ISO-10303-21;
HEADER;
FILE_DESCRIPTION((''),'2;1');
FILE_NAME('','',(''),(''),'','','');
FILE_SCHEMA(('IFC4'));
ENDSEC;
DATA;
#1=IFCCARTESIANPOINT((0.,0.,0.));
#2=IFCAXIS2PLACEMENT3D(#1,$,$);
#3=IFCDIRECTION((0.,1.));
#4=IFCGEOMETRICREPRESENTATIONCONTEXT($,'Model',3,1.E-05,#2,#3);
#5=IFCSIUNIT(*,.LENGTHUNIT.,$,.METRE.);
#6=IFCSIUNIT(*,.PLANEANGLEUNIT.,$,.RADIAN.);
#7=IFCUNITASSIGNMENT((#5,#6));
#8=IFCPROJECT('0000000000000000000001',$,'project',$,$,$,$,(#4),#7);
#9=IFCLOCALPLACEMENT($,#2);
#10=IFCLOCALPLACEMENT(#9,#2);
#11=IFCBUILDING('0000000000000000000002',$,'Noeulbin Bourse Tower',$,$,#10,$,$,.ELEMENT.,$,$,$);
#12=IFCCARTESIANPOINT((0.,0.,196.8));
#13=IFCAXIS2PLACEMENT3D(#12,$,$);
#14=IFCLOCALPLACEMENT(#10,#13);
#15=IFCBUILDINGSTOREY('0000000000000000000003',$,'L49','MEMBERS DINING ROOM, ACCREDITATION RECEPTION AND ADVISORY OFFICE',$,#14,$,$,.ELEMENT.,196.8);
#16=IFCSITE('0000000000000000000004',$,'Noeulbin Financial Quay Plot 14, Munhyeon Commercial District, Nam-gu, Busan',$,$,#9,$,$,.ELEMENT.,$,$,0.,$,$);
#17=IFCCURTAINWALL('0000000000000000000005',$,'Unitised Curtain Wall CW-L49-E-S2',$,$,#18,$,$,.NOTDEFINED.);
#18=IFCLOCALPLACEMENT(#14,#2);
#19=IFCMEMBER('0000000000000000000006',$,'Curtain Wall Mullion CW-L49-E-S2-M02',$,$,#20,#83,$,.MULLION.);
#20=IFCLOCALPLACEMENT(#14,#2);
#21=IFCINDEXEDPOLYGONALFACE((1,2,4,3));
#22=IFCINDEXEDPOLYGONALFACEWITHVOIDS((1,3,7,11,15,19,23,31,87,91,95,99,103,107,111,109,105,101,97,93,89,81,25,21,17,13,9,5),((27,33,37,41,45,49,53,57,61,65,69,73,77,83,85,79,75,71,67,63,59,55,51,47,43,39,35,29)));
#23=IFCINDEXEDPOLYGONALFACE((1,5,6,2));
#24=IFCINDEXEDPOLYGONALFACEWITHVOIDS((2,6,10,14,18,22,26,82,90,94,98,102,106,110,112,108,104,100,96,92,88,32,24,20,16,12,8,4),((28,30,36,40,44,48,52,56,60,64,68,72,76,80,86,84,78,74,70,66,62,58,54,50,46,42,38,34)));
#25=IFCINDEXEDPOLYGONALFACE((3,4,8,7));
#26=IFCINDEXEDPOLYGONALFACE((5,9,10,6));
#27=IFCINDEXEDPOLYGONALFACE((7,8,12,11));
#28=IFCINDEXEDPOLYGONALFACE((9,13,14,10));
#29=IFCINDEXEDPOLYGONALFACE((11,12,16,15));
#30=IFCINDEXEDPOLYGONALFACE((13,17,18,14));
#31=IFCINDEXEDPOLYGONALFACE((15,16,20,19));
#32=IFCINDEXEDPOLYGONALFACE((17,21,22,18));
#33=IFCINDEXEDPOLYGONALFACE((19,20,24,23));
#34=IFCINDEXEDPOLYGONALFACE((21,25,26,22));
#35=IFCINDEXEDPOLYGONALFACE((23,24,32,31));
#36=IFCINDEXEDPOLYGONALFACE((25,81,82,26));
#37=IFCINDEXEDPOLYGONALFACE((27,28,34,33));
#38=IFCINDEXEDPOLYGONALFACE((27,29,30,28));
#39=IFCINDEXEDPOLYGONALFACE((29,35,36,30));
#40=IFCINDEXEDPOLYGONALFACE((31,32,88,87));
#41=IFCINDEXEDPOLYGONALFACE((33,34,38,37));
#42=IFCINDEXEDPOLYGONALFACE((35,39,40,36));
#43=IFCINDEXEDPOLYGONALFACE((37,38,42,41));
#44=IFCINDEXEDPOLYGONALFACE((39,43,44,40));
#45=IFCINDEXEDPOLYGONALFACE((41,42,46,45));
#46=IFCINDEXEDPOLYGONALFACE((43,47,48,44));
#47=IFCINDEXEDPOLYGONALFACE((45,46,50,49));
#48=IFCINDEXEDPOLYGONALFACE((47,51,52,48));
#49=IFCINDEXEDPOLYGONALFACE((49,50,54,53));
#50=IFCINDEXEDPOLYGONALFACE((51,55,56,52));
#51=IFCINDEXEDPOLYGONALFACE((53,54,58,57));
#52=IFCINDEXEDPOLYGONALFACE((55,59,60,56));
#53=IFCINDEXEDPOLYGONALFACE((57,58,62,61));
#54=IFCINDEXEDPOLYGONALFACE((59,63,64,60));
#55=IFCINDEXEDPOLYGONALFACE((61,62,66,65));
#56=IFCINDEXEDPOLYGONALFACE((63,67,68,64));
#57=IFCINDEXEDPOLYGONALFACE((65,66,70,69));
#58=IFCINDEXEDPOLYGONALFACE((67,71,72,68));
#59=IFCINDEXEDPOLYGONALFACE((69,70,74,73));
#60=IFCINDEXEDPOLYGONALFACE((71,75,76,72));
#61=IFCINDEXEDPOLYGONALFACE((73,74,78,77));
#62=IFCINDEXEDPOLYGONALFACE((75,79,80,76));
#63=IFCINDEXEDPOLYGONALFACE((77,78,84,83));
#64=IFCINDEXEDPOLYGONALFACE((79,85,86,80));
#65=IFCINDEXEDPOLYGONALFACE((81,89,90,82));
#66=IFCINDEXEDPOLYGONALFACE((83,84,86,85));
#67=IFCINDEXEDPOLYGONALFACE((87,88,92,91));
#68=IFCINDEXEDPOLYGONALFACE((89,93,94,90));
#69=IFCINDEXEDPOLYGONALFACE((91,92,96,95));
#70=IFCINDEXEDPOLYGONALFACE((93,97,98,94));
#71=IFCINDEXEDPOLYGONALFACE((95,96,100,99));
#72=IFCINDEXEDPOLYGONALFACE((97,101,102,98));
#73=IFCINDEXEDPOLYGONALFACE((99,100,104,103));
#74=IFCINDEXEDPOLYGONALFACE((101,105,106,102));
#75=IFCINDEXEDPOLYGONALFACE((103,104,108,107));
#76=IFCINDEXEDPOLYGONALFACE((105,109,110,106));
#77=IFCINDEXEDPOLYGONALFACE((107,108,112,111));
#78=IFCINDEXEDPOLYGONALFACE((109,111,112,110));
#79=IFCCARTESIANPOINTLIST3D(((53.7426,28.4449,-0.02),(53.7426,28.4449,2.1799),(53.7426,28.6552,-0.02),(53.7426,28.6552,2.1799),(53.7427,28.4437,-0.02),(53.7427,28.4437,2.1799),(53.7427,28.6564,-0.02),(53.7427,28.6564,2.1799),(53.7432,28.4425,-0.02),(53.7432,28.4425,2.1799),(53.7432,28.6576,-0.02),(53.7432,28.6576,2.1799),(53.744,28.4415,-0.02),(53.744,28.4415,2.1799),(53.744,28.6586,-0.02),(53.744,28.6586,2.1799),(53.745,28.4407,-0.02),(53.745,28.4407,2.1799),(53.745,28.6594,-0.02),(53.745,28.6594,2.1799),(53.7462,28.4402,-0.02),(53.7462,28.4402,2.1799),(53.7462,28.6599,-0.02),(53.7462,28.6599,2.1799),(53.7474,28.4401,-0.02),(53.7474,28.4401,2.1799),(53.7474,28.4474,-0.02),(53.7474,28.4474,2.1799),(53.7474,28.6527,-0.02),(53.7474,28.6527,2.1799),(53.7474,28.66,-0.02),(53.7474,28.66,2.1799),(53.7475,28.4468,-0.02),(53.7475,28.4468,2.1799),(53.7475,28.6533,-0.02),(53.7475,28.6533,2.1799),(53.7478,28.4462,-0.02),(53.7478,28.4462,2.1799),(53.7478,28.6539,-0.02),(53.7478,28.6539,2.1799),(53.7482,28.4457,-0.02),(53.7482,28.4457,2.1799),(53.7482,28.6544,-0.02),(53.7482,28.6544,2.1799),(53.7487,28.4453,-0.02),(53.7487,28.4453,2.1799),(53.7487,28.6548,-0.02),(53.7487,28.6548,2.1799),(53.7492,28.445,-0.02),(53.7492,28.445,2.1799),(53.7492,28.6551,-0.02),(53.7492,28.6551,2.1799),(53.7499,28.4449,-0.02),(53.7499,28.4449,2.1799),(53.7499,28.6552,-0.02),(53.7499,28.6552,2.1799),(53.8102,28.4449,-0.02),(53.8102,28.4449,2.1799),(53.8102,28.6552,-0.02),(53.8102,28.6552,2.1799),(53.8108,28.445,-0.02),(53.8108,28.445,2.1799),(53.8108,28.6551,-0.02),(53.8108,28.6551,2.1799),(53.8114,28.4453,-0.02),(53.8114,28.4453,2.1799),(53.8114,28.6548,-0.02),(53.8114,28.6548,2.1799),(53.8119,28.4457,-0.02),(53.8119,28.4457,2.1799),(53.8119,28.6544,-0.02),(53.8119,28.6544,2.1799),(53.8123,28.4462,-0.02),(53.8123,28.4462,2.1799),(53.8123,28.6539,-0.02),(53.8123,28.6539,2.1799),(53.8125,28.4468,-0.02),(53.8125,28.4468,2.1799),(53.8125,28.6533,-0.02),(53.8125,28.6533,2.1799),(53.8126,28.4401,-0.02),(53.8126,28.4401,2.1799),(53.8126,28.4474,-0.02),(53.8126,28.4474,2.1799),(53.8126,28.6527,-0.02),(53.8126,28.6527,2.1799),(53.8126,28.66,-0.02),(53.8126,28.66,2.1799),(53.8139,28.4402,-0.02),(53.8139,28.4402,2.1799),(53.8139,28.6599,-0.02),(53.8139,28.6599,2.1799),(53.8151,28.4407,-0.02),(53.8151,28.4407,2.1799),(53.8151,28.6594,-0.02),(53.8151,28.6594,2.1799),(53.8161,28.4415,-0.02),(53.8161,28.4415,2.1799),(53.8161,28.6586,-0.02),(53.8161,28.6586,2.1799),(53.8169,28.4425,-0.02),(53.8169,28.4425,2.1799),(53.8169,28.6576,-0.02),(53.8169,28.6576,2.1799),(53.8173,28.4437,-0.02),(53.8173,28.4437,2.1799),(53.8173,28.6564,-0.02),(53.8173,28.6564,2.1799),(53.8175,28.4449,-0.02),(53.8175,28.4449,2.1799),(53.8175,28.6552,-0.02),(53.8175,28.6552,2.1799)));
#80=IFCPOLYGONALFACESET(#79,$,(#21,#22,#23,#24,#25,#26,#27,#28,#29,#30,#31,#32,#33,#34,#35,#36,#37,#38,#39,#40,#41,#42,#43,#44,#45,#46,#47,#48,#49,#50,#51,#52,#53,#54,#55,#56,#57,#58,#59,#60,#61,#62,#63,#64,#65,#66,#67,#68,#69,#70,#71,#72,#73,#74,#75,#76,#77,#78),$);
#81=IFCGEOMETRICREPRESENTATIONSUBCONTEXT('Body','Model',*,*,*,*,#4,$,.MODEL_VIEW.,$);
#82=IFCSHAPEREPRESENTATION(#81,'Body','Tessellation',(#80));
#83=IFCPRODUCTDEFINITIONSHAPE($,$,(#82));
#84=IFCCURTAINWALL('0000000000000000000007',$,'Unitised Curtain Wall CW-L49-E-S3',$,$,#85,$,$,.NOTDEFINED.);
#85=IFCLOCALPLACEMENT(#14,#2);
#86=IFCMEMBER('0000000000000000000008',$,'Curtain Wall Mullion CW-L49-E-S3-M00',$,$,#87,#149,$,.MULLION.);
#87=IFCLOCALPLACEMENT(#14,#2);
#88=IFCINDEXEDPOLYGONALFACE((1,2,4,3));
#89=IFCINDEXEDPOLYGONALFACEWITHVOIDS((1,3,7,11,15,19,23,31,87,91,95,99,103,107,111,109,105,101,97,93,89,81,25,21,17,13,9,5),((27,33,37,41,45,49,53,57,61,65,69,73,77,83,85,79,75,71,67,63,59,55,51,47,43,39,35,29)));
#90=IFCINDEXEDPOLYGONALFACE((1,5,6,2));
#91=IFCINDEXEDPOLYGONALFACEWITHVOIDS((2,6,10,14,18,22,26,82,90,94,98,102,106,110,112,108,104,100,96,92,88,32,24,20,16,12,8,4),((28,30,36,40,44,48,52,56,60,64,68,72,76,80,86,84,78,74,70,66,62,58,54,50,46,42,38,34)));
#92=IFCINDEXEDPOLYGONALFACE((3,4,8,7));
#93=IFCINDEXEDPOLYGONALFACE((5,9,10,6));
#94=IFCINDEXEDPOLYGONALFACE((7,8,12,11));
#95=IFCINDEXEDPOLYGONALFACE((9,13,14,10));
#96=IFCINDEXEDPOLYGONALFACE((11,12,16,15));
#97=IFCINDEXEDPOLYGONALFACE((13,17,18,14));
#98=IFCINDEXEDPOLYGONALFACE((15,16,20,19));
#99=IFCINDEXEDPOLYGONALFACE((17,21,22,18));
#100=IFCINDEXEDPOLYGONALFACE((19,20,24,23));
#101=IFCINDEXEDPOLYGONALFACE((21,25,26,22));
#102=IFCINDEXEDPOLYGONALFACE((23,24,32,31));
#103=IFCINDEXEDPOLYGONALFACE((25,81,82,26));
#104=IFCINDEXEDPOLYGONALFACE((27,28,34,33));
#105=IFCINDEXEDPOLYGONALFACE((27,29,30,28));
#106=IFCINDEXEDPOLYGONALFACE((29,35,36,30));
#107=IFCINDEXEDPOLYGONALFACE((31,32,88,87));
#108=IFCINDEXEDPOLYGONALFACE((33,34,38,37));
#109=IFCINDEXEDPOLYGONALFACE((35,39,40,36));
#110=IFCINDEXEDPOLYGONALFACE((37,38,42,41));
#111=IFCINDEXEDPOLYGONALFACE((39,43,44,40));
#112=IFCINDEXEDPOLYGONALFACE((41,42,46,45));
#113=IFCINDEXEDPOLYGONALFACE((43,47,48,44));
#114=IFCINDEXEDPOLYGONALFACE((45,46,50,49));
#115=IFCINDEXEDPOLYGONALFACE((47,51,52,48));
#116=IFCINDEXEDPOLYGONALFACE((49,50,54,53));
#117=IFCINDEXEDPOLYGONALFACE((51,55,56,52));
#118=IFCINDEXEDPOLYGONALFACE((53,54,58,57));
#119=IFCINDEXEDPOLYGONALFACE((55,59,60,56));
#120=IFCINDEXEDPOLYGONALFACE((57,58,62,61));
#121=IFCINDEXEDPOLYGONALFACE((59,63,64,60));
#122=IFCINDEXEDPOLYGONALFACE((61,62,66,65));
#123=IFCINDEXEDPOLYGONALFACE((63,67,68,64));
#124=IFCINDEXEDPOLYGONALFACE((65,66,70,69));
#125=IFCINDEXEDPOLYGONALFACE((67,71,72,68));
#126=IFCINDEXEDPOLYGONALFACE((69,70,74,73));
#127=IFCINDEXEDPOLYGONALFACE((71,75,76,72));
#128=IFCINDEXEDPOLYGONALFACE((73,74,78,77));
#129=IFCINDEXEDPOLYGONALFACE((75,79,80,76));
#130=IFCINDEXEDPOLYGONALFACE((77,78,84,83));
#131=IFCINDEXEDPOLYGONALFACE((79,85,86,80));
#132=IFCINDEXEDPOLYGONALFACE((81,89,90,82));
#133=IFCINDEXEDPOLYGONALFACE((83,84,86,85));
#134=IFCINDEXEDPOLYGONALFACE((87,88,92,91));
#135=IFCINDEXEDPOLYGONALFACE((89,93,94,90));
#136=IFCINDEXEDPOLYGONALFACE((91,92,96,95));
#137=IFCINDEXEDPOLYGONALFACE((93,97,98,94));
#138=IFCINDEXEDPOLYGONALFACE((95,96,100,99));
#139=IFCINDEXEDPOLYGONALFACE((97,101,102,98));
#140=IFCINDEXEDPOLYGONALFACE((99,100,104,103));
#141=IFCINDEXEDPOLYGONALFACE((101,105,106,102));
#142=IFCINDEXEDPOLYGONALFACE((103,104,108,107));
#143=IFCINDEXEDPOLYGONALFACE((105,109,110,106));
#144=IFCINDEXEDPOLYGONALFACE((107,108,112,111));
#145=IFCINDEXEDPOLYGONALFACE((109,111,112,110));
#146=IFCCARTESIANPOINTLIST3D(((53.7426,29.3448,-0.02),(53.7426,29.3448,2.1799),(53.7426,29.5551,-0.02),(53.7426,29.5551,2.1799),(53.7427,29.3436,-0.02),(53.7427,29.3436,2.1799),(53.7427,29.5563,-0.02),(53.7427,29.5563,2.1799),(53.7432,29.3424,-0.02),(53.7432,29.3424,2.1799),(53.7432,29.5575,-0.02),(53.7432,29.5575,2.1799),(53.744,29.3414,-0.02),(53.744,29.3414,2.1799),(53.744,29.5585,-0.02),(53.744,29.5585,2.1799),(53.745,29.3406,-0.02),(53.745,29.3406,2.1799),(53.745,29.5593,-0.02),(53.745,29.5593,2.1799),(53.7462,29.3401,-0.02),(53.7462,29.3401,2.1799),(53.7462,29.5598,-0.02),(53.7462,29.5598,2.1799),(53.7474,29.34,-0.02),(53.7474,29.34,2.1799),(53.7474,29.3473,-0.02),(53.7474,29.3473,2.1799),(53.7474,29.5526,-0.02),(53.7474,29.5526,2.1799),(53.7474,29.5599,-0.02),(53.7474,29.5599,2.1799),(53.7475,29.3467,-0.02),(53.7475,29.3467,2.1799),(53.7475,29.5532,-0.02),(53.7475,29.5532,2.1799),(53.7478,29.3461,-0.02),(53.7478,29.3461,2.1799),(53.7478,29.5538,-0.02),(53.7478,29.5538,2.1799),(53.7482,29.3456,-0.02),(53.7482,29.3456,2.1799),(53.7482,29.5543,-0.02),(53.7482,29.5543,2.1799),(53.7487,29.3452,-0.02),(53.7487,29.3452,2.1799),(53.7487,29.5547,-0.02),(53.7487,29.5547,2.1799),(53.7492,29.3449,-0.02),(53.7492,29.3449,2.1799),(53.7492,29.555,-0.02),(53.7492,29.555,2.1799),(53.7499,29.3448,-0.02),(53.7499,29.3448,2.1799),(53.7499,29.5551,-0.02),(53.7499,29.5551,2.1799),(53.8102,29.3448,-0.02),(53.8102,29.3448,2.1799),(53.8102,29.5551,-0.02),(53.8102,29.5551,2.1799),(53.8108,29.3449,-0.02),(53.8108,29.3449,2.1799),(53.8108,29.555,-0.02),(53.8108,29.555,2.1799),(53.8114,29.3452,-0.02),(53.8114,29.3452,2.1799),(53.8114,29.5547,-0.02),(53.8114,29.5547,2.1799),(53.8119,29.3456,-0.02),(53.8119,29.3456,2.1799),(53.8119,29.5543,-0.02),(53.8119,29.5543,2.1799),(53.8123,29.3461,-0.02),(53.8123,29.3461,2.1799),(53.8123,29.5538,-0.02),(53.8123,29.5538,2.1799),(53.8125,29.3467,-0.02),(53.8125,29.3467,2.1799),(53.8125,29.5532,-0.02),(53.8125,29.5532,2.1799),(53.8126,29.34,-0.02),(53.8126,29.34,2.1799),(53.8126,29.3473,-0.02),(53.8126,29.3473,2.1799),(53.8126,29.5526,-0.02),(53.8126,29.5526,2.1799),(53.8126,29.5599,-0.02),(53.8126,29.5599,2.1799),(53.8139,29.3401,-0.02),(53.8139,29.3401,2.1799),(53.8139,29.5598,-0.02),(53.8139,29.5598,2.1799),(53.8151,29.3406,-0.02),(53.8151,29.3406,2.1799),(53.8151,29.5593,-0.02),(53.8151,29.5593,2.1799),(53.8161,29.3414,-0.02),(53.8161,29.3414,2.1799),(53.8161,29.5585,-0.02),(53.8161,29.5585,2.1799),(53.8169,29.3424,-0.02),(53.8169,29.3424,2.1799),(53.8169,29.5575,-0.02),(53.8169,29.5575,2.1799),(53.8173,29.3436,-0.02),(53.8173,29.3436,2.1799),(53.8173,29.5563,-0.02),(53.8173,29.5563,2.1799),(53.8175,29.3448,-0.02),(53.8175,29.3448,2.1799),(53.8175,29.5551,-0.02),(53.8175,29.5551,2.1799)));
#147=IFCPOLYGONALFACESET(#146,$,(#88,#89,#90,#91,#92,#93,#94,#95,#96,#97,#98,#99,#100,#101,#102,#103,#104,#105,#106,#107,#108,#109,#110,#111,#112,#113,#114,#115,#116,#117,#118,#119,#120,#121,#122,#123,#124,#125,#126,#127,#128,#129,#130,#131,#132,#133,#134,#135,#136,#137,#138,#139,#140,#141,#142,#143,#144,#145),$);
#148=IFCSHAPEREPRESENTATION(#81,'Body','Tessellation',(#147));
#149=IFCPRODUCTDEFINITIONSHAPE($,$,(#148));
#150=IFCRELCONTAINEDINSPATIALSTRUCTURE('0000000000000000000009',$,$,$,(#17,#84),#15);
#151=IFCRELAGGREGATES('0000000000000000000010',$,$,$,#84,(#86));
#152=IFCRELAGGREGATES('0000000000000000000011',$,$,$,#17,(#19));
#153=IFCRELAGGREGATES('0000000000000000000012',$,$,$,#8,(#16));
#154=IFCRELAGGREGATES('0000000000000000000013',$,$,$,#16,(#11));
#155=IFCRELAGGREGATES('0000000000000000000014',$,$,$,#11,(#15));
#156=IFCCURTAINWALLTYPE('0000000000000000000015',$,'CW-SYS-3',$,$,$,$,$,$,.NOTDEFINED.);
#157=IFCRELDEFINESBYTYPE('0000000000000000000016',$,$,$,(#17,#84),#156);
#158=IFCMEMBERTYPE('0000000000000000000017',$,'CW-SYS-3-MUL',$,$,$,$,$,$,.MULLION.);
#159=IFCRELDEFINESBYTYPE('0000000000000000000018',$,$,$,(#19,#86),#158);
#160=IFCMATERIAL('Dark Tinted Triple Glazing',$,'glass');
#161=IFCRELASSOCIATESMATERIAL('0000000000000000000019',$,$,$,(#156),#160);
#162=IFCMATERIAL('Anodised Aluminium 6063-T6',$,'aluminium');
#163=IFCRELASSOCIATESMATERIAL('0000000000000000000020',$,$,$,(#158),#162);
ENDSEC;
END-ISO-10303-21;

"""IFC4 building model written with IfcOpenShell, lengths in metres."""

from ifc_helpers import new_model, si_unit, direction, frame, origin, origin_2d, place, context, subcontext, project, spatial, hollow_rectangle, extrude, material, material_profile, profile_set, type_object, element, aggregate, save


model = new_model("IFC4")

# Units and contexts
model_context = context("Model", 3, precision=1e-05, world=origin(), true_north=direction((0.0, 1.0)))
body_context = subcontext(model_context, "Body", "Model", "MODEL_VIEW")
ifc_project = project(units=[si_unit("LENGTHUNIT", "METRE"), si_unit("PLANEANGLEUNIT", "RADIAN")], contexts=[model_context])

# Site, building, storey
site_placement = place(None, origin())
site = spatial("IfcSite", under=ifc_project, at=site_placement, Name="Noeulbin Financial Quay Plot 14, Munhyeon Commercial District, Nam-gu, Busan", CompositionType="ELEMENT", RefElevation=0.0)
building_placement = place(site_placement, origin())
building = spatial("IfcBuilding", under=site, at=building_placement, Name="Noeulbin Bourse Tower", CompositionType="ELEMENT")
storey_placement = place(building_placement, frame((0.0, 0.0, 196.8)))
storey = spatial("IfcBuildingStorey", under=building, at=storey_placement, Name="L49", Description="MEMBERS DINING ROOM, ACCREDITATION RECEPTION AND ADVISORY OFFICE", CompositionType="ELEMENT", Elevation=196.8)

# Curtain wall, member
ifc_material_1 = material(Name="Dark Tinted Triple Glazing", Category="glass")
curtain_wall_type = type_object("IfcCurtainWallType", Name="CW-SYS-3", PredefinedType="NOTDEFINED", material=ifc_material_1)
curtain_wall_1_placement = place(storey_placement, origin())
curtain_wall_1 = element("IfcCurtainWall", 1, at=curtain_wall_1_placement, inside=storey, type_object=curtain_wall_type, Name="Unitised Curtain Wall CW-L49-E-S2", PredefinedType="NOTDEFINED")
ifc_material_2 = material(Name="Anodised Aluminium 6063-T6", Category="aluminium")
ifc_material_profile_1 = material_profile(ifc_material_2, hollow_rectangle(XDim=0.075, YDim=0.22, WallThickness=0.0049, InnerFilletRadius=0.0024, OuterFilletRadius=0.0049, at=origin_2d()), Name="ALU-MULL-75x220x5", Category="LoadBearing")
ifc_profile_set_1 = profile_set([ifc_material_profile_1], Name="Anodised Aluminium 6063-T6")
member_type_1 = type_object("IfcMemberType", Name="CW-SYS-3-MUL", PredefinedType="MULLION", material=ifc_profile_set_1)
member_1_placement = place(storey_placement, frame((53.78, 28.55, -0.02), z_axis=(0.0, 0.0, 1.0), x_axis=(1.0, 0.0, 0.0)))
member_1 = element("IfcMember", 2, at=member_1_placement, type_object=member_type_1, Name="Curtain Wall Mullion CW-L49-E-S2-M02", PredefinedType="MULLION", context=body_context, shape_type="SweptSolid", body=[
    extrude(hollow_rectangle(XDim=0.075, YDim=0.22, WallThickness=0.0049, InnerFilletRadius=0.0024, OuterFilletRadius=0.0049, at=origin_2d()), origin(), (0.0, 0.0, 1.0), 2.2),
])

# Curtain wall, member
curtain_wall_2_placement = place(storey_placement, origin())
curtain_wall_2 = element("IfcCurtainWall", 3, at=curtain_wall_2_placement, inside=storey, type_object=curtain_wall_type, Name="Unitised Curtain Wall CW-L49-E-S3", PredefinedType="NOTDEFINED")
member_2_placement = place(storey_placement, frame((53.78, 29.45, -0.02), z_axis=(0.0, 0.0, 1.0), x_axis=(1.0, 0.0, 0.0)))
member_2 = element("IfcMember", 4, at=member_2_placement, type_object=member_type_1, Name="Curtain Wall Mullion CW-L49-E-S3-M00", PredefinedType="MULLION", context=body_context, shape_type="SweptSolid", body=[
    extrude(hollow_rectangle(XDim=0.075, YDim=0.22, WallThickness=0.0049, InnerFilletRadius=0.0024, OuterFilletRadius=0.0049, at=origin_2d()), origin(), (0.0, 0.0, 1.0), 2.2),
])

aggregate(curtain_wall_2, [member_2])

aggregate(curtain_wall_1, [member_1])

save(model, "model.ifc")
